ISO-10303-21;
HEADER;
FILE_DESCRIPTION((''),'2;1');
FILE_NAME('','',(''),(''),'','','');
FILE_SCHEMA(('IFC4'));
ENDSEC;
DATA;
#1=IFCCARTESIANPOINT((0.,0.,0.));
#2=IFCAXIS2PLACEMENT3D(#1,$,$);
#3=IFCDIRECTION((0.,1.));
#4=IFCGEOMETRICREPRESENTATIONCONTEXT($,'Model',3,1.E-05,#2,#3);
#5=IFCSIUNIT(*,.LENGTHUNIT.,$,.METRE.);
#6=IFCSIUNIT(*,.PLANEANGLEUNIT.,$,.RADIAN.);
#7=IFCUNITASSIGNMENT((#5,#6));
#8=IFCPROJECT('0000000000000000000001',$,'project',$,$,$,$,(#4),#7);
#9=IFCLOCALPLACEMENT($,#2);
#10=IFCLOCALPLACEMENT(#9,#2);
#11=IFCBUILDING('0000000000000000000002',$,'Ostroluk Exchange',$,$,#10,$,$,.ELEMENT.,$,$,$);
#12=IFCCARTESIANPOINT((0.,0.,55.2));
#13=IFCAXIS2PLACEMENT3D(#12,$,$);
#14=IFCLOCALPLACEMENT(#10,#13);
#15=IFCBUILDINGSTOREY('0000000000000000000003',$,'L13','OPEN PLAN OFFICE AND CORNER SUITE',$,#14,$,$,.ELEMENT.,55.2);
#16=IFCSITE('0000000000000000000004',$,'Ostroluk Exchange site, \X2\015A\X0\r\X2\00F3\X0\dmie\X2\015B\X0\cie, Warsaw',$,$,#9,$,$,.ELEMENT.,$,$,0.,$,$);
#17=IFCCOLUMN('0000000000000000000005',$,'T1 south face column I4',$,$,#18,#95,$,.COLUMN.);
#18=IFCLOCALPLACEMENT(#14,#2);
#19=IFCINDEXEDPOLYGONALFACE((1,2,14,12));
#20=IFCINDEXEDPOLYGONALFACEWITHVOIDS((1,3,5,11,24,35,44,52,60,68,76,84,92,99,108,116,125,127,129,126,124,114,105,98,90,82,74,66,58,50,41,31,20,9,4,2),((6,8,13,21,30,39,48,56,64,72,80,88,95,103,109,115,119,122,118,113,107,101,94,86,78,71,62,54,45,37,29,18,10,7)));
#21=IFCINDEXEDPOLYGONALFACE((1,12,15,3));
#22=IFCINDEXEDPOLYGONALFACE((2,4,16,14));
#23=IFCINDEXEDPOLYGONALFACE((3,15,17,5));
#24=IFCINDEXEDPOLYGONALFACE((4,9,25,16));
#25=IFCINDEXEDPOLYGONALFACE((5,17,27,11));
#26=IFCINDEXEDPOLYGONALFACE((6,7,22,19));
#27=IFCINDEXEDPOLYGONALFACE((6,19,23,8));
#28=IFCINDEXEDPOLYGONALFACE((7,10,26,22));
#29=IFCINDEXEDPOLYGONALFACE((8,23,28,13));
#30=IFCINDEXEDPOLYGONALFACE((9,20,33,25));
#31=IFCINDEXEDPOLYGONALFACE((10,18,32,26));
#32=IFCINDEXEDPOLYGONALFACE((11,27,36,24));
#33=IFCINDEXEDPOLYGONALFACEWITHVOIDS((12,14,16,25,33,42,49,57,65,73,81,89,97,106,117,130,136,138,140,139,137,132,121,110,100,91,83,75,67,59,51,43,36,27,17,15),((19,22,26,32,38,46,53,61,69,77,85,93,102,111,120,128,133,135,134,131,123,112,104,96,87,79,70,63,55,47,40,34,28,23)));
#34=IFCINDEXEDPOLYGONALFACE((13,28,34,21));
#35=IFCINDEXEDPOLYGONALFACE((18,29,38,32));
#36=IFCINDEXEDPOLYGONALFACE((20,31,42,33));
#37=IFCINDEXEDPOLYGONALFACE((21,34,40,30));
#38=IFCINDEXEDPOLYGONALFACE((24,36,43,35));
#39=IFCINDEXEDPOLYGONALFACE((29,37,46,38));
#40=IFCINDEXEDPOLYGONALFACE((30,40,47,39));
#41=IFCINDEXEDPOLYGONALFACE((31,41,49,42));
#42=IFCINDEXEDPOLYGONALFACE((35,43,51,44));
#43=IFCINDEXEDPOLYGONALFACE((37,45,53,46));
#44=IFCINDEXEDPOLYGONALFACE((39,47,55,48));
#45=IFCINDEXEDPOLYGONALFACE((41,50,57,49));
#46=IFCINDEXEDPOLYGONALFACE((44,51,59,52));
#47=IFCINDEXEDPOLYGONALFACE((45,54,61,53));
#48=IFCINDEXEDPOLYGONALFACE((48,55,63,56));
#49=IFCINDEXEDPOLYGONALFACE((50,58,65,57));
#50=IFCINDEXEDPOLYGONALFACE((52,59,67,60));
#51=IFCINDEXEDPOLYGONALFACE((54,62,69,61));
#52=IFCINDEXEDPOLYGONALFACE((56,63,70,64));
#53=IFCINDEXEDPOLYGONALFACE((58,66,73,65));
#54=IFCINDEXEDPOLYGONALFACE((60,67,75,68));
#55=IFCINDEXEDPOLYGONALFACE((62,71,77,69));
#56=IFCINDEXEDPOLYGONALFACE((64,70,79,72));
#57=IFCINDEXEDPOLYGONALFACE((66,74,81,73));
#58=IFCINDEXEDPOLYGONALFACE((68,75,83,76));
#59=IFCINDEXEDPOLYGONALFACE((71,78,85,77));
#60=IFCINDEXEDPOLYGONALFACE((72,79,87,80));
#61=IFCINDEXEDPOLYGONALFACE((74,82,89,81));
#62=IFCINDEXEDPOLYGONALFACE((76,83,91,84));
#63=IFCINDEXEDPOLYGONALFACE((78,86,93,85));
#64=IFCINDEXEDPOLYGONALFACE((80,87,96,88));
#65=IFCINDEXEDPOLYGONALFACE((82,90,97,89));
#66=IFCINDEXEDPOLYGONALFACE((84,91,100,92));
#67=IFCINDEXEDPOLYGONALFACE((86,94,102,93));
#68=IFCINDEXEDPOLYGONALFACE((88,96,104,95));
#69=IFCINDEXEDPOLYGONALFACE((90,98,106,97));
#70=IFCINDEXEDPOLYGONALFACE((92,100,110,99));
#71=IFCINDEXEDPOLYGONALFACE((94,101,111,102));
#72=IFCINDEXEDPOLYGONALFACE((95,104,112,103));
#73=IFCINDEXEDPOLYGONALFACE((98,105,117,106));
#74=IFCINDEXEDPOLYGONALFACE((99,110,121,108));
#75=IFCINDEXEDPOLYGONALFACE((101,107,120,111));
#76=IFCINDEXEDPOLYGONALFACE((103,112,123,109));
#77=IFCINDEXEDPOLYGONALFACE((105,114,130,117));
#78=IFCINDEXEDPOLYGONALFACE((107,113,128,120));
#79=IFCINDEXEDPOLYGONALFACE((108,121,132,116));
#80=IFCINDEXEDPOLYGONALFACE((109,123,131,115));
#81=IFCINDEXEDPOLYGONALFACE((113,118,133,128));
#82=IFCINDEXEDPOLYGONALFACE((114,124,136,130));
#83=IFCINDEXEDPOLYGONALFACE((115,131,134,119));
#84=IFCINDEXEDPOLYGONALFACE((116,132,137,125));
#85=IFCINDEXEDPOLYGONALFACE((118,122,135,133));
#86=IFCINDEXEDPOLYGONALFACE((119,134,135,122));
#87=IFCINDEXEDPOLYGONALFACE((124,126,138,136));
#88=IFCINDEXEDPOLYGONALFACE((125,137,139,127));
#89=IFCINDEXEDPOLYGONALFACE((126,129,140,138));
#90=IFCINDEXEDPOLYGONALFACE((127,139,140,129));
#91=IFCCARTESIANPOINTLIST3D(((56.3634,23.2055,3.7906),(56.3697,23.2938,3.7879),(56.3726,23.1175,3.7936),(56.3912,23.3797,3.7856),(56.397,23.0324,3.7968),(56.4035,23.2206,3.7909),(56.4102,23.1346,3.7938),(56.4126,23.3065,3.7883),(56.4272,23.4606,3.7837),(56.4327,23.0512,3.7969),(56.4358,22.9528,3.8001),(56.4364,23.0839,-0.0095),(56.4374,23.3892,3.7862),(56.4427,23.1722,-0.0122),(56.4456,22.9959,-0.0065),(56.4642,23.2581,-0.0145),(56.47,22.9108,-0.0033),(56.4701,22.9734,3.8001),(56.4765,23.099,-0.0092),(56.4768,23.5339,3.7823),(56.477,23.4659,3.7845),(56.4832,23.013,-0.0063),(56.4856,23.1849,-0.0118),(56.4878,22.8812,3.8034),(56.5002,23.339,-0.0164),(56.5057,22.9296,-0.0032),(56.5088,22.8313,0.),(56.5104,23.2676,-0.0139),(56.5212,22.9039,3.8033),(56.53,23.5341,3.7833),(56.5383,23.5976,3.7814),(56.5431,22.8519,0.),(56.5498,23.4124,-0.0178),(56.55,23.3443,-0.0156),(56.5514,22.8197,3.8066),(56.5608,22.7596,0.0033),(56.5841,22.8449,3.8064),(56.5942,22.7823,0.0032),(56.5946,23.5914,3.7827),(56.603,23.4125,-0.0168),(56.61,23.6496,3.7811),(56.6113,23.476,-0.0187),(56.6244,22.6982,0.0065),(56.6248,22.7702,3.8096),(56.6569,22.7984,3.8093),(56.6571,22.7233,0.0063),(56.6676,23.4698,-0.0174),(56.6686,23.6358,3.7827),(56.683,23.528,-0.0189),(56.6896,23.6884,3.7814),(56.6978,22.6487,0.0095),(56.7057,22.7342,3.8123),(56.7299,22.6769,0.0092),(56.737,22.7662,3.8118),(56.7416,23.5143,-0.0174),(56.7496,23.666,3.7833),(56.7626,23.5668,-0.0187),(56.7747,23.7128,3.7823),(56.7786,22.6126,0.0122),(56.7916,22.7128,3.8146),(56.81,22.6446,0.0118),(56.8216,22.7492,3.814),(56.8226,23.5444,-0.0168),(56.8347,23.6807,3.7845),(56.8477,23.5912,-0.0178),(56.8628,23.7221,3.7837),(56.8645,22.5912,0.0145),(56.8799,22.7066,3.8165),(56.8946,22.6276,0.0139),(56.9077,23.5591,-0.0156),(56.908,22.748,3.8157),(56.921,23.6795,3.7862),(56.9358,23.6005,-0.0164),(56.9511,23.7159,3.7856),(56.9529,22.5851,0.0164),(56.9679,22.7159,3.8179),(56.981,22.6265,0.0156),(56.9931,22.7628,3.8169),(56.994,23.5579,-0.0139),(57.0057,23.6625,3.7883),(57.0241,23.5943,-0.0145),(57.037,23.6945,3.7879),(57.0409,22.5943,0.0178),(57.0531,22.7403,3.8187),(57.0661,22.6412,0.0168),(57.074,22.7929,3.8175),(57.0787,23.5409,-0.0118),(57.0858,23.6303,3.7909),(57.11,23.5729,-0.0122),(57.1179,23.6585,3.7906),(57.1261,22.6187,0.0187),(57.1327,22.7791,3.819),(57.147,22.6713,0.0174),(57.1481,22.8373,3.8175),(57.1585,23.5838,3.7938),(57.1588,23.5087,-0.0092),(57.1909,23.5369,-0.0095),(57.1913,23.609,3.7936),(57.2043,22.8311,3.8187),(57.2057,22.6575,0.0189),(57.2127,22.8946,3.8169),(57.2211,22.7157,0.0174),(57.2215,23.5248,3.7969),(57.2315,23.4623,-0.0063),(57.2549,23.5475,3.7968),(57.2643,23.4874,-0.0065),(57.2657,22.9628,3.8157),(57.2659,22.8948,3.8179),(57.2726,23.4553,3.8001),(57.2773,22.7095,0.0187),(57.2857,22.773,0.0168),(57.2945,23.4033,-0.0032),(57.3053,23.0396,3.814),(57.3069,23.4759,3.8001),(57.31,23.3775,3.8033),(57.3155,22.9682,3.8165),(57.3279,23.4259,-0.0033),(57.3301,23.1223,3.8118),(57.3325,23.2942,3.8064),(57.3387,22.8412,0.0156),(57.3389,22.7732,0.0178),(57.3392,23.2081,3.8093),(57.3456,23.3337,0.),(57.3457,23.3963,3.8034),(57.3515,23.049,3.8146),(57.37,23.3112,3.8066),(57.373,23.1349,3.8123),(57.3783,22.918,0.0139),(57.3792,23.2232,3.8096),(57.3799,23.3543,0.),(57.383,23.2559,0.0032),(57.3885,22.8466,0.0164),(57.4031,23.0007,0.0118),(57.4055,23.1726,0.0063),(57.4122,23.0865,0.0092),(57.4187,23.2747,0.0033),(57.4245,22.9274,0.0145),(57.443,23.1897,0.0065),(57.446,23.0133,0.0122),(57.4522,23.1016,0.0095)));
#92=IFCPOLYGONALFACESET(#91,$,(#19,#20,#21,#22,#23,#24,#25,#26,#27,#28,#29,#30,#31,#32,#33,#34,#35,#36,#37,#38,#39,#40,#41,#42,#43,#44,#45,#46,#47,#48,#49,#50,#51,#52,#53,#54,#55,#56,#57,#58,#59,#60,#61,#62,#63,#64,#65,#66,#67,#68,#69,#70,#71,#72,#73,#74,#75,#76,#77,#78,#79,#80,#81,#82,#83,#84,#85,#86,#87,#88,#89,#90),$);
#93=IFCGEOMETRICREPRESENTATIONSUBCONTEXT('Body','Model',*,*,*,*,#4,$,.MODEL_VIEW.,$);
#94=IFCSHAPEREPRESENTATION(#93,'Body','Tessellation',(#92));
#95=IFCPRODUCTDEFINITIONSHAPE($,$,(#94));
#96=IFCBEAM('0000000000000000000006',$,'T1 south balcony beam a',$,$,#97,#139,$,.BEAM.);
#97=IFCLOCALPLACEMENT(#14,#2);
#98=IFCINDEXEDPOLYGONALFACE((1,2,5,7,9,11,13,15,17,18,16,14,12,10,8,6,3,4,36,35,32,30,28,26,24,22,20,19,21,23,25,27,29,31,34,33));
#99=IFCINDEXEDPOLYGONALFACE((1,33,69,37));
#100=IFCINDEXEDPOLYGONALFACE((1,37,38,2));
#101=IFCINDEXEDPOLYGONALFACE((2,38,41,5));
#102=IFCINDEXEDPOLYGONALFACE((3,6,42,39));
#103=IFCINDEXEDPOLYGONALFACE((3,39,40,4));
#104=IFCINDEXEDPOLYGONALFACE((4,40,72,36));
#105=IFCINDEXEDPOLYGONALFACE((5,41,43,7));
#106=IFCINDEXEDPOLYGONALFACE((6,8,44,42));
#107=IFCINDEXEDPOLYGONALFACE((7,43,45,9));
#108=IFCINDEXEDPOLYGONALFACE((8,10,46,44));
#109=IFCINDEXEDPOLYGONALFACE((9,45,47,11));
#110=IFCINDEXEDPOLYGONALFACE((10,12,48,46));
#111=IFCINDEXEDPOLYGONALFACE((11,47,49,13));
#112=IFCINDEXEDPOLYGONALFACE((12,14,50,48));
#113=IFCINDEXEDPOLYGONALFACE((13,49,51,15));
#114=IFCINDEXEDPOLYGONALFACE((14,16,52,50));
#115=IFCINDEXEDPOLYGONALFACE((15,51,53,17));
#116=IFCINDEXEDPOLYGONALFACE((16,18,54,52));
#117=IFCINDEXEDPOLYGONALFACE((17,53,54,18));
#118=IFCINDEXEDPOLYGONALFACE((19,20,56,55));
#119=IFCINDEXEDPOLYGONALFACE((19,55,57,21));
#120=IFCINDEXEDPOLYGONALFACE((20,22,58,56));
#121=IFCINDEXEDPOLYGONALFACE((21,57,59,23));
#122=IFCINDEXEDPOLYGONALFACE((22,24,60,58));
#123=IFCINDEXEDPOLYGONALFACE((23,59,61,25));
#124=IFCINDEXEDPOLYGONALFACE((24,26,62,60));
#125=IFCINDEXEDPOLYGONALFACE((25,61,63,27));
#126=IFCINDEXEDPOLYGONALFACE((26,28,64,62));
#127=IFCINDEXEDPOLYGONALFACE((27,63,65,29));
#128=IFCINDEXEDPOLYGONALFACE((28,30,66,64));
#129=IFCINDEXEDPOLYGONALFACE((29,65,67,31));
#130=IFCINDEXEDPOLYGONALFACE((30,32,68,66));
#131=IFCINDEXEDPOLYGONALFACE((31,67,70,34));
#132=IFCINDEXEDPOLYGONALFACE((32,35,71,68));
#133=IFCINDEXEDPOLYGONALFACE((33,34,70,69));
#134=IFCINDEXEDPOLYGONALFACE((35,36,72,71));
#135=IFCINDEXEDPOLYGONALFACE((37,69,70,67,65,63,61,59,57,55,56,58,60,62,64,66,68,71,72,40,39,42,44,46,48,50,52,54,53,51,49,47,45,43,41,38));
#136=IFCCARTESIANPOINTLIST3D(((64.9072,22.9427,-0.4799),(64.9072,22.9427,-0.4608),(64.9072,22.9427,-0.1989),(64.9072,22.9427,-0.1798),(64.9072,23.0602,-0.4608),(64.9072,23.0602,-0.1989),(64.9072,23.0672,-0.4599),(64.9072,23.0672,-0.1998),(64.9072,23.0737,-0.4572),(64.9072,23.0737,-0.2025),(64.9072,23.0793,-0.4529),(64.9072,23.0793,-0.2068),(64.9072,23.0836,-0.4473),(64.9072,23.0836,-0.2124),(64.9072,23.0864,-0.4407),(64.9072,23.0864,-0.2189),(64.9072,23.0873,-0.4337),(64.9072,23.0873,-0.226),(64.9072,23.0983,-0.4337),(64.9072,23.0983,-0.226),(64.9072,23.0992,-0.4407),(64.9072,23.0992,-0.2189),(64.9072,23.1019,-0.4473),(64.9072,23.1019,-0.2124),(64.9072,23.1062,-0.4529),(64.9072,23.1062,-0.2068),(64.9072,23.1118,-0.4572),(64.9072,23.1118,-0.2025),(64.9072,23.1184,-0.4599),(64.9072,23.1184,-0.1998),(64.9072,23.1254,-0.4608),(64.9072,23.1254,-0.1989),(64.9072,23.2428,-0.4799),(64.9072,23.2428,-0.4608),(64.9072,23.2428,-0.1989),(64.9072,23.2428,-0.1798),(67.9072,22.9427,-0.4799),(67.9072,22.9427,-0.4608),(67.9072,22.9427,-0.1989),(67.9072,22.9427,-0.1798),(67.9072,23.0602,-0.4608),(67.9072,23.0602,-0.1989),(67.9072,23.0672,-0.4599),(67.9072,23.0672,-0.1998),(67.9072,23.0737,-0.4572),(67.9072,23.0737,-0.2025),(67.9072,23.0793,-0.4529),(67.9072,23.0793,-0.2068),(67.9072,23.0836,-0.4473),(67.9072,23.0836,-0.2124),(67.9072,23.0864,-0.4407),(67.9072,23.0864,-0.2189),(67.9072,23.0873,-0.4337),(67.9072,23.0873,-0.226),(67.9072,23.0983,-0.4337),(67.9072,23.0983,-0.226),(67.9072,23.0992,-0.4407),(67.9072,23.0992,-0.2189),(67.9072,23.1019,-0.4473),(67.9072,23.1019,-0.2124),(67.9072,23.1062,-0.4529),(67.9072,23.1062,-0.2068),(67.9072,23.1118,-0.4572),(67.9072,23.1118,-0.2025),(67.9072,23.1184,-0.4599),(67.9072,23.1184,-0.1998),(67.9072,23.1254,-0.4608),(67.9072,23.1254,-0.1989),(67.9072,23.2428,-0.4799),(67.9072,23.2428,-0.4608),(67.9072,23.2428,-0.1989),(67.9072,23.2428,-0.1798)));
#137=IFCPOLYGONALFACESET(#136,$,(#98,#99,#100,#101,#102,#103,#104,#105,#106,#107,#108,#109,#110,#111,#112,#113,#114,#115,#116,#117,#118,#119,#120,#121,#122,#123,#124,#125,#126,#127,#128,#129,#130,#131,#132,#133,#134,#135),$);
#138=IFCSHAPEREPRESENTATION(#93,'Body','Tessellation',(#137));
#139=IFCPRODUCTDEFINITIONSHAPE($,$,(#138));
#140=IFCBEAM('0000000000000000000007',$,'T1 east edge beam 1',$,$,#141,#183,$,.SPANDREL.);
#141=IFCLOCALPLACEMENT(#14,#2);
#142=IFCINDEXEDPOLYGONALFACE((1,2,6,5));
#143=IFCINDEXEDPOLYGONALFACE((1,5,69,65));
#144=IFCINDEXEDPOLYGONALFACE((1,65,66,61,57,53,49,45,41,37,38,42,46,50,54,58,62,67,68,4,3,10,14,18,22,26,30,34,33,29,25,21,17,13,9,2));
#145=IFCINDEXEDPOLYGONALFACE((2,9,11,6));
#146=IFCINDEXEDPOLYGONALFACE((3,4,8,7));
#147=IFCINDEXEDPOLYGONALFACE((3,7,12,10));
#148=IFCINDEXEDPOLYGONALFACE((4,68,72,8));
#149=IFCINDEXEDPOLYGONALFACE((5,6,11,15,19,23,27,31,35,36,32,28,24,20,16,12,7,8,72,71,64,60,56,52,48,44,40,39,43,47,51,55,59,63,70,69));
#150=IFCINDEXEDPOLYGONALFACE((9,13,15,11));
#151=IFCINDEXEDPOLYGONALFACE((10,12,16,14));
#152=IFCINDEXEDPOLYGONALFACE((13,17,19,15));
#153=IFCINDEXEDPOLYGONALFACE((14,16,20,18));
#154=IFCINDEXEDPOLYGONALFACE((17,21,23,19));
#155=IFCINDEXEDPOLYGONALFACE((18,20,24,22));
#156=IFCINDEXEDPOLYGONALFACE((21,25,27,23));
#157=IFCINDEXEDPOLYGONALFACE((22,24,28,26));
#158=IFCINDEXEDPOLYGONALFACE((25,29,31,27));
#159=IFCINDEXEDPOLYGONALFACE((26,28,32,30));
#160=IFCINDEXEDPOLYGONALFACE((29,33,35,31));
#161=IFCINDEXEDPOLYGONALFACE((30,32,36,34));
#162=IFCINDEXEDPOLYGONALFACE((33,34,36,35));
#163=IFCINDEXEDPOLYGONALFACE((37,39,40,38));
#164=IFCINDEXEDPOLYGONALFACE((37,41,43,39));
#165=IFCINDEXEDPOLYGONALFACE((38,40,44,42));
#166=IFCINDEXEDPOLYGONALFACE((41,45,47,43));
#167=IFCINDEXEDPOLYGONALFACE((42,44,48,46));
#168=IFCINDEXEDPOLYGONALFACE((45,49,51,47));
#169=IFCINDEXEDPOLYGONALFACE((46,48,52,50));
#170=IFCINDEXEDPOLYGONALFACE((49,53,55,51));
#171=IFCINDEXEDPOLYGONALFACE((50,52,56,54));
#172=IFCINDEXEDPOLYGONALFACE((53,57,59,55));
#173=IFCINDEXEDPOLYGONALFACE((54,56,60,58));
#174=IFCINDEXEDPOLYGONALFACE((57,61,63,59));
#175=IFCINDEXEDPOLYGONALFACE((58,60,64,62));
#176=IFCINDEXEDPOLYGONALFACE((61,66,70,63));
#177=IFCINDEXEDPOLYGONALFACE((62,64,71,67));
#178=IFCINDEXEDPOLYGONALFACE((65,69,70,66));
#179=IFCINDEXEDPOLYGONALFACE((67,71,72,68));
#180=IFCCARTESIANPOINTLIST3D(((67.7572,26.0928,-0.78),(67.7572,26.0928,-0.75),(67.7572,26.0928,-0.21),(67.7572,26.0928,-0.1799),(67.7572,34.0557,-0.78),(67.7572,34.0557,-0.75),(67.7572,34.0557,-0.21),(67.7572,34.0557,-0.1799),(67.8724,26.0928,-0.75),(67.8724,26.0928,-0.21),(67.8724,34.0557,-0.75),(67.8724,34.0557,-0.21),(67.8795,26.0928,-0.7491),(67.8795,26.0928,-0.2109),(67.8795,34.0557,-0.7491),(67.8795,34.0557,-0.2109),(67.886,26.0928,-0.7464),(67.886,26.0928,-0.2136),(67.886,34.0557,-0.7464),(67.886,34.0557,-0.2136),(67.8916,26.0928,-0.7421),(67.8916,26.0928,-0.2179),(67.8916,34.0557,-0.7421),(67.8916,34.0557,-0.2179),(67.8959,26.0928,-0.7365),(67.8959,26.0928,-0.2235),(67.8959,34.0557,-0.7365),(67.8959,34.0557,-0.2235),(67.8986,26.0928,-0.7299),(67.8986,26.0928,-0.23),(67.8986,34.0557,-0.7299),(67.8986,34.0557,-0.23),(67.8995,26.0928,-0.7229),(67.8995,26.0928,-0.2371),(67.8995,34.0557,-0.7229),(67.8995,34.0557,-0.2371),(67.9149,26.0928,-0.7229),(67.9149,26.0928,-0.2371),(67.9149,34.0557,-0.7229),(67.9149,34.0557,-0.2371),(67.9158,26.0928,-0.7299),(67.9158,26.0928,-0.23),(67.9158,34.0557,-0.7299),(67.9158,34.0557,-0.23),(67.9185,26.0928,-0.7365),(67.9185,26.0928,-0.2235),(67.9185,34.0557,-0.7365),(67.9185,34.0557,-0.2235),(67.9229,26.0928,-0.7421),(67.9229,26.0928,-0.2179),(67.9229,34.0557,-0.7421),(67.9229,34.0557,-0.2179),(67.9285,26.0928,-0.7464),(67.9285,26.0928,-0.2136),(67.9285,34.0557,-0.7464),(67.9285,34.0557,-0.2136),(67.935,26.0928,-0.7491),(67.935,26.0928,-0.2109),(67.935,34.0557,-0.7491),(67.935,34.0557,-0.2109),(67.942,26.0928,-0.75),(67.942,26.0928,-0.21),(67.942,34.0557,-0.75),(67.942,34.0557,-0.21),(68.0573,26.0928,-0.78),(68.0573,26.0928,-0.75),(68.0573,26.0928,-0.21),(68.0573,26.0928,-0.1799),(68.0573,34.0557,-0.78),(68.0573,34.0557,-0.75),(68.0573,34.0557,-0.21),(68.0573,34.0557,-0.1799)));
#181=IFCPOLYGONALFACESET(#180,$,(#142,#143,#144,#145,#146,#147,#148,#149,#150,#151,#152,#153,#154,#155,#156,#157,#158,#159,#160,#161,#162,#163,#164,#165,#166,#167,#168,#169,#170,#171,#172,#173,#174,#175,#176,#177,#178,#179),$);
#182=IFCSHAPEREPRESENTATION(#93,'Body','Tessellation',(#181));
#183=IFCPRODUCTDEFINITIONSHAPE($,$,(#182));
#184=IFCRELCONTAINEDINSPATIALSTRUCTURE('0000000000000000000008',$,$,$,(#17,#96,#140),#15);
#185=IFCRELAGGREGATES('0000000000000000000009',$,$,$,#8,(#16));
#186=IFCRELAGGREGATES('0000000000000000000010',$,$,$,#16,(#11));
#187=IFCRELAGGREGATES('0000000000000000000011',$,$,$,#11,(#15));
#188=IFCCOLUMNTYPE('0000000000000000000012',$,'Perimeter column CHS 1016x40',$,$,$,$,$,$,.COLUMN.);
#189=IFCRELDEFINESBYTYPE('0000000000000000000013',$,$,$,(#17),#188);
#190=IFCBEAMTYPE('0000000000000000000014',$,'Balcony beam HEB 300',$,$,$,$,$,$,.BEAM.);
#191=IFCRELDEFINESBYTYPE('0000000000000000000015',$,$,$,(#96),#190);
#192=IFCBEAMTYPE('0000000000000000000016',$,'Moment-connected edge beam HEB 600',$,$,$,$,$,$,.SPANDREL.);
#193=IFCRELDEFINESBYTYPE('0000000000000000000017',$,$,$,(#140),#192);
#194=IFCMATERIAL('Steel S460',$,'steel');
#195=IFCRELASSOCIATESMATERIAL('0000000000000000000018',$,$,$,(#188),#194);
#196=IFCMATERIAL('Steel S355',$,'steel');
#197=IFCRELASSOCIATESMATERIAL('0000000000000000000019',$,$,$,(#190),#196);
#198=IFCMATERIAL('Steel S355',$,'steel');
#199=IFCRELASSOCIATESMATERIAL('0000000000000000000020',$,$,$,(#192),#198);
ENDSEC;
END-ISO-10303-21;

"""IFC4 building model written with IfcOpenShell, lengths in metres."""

from ifc_helpers import new_model, si_unit, direction, frame, origin, origin_2d, place, context, subcontext, project, spatial, hollow_circle, i_section, extrude, material, material_profile, profile_set, type_object, element, save


model = new_model("IFC4")

# Units and contexts
model_context = context("Model", 3, precision=1e-05, world=origin(), true_north=direction((0.0, 1.0)))
body_context = subcontext(model_context, "Body", "Model", "MODEL_VIEW")
ifc_project = project(units=[si_unit("LENGTHUNIT", "METRE"), si_unit("PLANEANGLEUNIT", "RADIAN")], contexts=[model_context])

# Site, building, storey
site_placement = place(None, origin())
site = spatial("IfcSite", under=ifc_project, at=site_placement, Name="Ostroluk Exchange site, Śródmieście, Warsaw", CompositionType="ELEMENT", RefElevation=0.0)
building_placement = place(site_placement, origin())
building = spatial("IfcBuilding", under=site, at=building_placement, Name="Ostroluk Exchange", CompositionType="ELEMENT")
storey_placement = place(building_placement, frame((0.0, 0.0, 55.2)))
storey = spatial("IfcBuildingStorey", under=building, at=storey_placement, Name="L13", Description="OPEN PLAN OFFICE AND CORNER SUITE", CompositionType="ELEMENT", Elevation=55.2)

# Column
ifc_material_1 = material(Name="Steel S460", Category="steel")
ifc_material_profile_1 = material_profile(ifc_material_1, hollow_circle(Radius=0.5081, WallThickness=0.04, at=origin_2d()), Name="CHS 1016x40")
ifc_profile_set_1 = profile_set([ifc_material_profile_1], Name="Steel S460")
column_type = type_object("IfcColumnType", Name="Perimeter column CHS 1016x40", PredefinedType="COLUMN", material=ifc_profile_set_1)
column_placement = place(storey_placement, frame((56.9443, 23.0928, 0.0), z_axis=(-0.019196, 0.031973, 0.999304), x_axis=(-0.857341, -0.514749, 0.0)))
element("IfcColumn", 1, at=column_placement, inside=storey, type_object=column_type, Name="T1 south face column I4", PredefinedType="COLUMN", context=body_context, shape_type="SweptSolid", body=[
    extrude(hollow_circle(Radius=0.5081, WallThickness=0.04, at=origin_2d()), origin(), (0.0, 0.0, 1.0), 3.8027),
])

# Beams
ifc_material_2 = material(Name="Steel S355", Category="steel")
ifc_material_profile_2 = material_profile(ifc_material_2, i_section(OverallWidth=0.3, OverallDepth=0.3, WebThickness=0.011, FlangeThickness=0.019, FilletRadius=0.0271, at=origin_2d()), Name="HEB 300")
ifc_profile_set_2 = profile_set([ifc_material_profile_2], Name="Steel S355")
beam_type_1 = type_object("IfcBeamType", Name="Balcony beam HEB 300", PredefinedType="BEAM", material=ifc_profile_set_2)
beam_placement = place(storey_placement, frame((64.9072, 23.0928, -0.3298), z_axis=(1.0, 0.0, 0.0), x_axis=(0.0, 1.0, 0.0)))
element("IfcBeam", 2, at=beam_placement, inside=storey, type_object=beam_type_1, Name="T1 south balcony beam a", PredefinedType="BEAM", context=body_context, shape_type="SweptSolid", body=[
    extrude(i_section(OverallWidth=0.3, OverallDepth=0.3, WebThickness=0.011, FlangeThickness=0.019, FilletRadius=0.0271, at=origin_2d()), origin(), (0.0, 0.0, 1.0), 3.0),
])
ifc_material_3 = material(Name="Steel S355", Category="steel")
ifc_material_profile_3 = material_profile(ifc_material_3, i_section(OverallWidth=0.3, OverallDepth=0.6001, WebThickness=0.0154, FlangeThickness=0.03, FilletRadius=0.0271, at=origin_2d()), Name="HEB 600")
ifc_profile_set_3 = profile_set([ifc_material_profile_3], Name="Steel S355")
beam_type_2 = type_object("IfcBeamType", Name="Moment-connected edge beam HEB 600", PredefinedType="SPANDREL", material=ifc_profile_set_3)
for number, where, z_axis, x_axis, name in (
    (3, (67.9072, 26.0928, -0.48), (0.0, 1.0, 0.0), (-1.0, 0.0, 0.0), "T1 east edge beam 1"),
):
    element("IfcBeam", number, at=place(storey_placement, frame(where, z_axis=z_axis, x_axis=x_axis)), inside=storey, type_object=beam_type_2, Name=name, PredefinedType="SPANDREL", context=body_context, shape_type="SweptSolid", body=[
        extrude(i_section(OverallWidth=0.3, OverallDepth=0.6001, WebThickness=0.0154, FlangeThickness=0.03, FilletRadius=0.0271, at=origin_2d()), origin(), (0.0, 0.0, 1.0), 7.9629),
    ])

save(model, "model.ifc")
